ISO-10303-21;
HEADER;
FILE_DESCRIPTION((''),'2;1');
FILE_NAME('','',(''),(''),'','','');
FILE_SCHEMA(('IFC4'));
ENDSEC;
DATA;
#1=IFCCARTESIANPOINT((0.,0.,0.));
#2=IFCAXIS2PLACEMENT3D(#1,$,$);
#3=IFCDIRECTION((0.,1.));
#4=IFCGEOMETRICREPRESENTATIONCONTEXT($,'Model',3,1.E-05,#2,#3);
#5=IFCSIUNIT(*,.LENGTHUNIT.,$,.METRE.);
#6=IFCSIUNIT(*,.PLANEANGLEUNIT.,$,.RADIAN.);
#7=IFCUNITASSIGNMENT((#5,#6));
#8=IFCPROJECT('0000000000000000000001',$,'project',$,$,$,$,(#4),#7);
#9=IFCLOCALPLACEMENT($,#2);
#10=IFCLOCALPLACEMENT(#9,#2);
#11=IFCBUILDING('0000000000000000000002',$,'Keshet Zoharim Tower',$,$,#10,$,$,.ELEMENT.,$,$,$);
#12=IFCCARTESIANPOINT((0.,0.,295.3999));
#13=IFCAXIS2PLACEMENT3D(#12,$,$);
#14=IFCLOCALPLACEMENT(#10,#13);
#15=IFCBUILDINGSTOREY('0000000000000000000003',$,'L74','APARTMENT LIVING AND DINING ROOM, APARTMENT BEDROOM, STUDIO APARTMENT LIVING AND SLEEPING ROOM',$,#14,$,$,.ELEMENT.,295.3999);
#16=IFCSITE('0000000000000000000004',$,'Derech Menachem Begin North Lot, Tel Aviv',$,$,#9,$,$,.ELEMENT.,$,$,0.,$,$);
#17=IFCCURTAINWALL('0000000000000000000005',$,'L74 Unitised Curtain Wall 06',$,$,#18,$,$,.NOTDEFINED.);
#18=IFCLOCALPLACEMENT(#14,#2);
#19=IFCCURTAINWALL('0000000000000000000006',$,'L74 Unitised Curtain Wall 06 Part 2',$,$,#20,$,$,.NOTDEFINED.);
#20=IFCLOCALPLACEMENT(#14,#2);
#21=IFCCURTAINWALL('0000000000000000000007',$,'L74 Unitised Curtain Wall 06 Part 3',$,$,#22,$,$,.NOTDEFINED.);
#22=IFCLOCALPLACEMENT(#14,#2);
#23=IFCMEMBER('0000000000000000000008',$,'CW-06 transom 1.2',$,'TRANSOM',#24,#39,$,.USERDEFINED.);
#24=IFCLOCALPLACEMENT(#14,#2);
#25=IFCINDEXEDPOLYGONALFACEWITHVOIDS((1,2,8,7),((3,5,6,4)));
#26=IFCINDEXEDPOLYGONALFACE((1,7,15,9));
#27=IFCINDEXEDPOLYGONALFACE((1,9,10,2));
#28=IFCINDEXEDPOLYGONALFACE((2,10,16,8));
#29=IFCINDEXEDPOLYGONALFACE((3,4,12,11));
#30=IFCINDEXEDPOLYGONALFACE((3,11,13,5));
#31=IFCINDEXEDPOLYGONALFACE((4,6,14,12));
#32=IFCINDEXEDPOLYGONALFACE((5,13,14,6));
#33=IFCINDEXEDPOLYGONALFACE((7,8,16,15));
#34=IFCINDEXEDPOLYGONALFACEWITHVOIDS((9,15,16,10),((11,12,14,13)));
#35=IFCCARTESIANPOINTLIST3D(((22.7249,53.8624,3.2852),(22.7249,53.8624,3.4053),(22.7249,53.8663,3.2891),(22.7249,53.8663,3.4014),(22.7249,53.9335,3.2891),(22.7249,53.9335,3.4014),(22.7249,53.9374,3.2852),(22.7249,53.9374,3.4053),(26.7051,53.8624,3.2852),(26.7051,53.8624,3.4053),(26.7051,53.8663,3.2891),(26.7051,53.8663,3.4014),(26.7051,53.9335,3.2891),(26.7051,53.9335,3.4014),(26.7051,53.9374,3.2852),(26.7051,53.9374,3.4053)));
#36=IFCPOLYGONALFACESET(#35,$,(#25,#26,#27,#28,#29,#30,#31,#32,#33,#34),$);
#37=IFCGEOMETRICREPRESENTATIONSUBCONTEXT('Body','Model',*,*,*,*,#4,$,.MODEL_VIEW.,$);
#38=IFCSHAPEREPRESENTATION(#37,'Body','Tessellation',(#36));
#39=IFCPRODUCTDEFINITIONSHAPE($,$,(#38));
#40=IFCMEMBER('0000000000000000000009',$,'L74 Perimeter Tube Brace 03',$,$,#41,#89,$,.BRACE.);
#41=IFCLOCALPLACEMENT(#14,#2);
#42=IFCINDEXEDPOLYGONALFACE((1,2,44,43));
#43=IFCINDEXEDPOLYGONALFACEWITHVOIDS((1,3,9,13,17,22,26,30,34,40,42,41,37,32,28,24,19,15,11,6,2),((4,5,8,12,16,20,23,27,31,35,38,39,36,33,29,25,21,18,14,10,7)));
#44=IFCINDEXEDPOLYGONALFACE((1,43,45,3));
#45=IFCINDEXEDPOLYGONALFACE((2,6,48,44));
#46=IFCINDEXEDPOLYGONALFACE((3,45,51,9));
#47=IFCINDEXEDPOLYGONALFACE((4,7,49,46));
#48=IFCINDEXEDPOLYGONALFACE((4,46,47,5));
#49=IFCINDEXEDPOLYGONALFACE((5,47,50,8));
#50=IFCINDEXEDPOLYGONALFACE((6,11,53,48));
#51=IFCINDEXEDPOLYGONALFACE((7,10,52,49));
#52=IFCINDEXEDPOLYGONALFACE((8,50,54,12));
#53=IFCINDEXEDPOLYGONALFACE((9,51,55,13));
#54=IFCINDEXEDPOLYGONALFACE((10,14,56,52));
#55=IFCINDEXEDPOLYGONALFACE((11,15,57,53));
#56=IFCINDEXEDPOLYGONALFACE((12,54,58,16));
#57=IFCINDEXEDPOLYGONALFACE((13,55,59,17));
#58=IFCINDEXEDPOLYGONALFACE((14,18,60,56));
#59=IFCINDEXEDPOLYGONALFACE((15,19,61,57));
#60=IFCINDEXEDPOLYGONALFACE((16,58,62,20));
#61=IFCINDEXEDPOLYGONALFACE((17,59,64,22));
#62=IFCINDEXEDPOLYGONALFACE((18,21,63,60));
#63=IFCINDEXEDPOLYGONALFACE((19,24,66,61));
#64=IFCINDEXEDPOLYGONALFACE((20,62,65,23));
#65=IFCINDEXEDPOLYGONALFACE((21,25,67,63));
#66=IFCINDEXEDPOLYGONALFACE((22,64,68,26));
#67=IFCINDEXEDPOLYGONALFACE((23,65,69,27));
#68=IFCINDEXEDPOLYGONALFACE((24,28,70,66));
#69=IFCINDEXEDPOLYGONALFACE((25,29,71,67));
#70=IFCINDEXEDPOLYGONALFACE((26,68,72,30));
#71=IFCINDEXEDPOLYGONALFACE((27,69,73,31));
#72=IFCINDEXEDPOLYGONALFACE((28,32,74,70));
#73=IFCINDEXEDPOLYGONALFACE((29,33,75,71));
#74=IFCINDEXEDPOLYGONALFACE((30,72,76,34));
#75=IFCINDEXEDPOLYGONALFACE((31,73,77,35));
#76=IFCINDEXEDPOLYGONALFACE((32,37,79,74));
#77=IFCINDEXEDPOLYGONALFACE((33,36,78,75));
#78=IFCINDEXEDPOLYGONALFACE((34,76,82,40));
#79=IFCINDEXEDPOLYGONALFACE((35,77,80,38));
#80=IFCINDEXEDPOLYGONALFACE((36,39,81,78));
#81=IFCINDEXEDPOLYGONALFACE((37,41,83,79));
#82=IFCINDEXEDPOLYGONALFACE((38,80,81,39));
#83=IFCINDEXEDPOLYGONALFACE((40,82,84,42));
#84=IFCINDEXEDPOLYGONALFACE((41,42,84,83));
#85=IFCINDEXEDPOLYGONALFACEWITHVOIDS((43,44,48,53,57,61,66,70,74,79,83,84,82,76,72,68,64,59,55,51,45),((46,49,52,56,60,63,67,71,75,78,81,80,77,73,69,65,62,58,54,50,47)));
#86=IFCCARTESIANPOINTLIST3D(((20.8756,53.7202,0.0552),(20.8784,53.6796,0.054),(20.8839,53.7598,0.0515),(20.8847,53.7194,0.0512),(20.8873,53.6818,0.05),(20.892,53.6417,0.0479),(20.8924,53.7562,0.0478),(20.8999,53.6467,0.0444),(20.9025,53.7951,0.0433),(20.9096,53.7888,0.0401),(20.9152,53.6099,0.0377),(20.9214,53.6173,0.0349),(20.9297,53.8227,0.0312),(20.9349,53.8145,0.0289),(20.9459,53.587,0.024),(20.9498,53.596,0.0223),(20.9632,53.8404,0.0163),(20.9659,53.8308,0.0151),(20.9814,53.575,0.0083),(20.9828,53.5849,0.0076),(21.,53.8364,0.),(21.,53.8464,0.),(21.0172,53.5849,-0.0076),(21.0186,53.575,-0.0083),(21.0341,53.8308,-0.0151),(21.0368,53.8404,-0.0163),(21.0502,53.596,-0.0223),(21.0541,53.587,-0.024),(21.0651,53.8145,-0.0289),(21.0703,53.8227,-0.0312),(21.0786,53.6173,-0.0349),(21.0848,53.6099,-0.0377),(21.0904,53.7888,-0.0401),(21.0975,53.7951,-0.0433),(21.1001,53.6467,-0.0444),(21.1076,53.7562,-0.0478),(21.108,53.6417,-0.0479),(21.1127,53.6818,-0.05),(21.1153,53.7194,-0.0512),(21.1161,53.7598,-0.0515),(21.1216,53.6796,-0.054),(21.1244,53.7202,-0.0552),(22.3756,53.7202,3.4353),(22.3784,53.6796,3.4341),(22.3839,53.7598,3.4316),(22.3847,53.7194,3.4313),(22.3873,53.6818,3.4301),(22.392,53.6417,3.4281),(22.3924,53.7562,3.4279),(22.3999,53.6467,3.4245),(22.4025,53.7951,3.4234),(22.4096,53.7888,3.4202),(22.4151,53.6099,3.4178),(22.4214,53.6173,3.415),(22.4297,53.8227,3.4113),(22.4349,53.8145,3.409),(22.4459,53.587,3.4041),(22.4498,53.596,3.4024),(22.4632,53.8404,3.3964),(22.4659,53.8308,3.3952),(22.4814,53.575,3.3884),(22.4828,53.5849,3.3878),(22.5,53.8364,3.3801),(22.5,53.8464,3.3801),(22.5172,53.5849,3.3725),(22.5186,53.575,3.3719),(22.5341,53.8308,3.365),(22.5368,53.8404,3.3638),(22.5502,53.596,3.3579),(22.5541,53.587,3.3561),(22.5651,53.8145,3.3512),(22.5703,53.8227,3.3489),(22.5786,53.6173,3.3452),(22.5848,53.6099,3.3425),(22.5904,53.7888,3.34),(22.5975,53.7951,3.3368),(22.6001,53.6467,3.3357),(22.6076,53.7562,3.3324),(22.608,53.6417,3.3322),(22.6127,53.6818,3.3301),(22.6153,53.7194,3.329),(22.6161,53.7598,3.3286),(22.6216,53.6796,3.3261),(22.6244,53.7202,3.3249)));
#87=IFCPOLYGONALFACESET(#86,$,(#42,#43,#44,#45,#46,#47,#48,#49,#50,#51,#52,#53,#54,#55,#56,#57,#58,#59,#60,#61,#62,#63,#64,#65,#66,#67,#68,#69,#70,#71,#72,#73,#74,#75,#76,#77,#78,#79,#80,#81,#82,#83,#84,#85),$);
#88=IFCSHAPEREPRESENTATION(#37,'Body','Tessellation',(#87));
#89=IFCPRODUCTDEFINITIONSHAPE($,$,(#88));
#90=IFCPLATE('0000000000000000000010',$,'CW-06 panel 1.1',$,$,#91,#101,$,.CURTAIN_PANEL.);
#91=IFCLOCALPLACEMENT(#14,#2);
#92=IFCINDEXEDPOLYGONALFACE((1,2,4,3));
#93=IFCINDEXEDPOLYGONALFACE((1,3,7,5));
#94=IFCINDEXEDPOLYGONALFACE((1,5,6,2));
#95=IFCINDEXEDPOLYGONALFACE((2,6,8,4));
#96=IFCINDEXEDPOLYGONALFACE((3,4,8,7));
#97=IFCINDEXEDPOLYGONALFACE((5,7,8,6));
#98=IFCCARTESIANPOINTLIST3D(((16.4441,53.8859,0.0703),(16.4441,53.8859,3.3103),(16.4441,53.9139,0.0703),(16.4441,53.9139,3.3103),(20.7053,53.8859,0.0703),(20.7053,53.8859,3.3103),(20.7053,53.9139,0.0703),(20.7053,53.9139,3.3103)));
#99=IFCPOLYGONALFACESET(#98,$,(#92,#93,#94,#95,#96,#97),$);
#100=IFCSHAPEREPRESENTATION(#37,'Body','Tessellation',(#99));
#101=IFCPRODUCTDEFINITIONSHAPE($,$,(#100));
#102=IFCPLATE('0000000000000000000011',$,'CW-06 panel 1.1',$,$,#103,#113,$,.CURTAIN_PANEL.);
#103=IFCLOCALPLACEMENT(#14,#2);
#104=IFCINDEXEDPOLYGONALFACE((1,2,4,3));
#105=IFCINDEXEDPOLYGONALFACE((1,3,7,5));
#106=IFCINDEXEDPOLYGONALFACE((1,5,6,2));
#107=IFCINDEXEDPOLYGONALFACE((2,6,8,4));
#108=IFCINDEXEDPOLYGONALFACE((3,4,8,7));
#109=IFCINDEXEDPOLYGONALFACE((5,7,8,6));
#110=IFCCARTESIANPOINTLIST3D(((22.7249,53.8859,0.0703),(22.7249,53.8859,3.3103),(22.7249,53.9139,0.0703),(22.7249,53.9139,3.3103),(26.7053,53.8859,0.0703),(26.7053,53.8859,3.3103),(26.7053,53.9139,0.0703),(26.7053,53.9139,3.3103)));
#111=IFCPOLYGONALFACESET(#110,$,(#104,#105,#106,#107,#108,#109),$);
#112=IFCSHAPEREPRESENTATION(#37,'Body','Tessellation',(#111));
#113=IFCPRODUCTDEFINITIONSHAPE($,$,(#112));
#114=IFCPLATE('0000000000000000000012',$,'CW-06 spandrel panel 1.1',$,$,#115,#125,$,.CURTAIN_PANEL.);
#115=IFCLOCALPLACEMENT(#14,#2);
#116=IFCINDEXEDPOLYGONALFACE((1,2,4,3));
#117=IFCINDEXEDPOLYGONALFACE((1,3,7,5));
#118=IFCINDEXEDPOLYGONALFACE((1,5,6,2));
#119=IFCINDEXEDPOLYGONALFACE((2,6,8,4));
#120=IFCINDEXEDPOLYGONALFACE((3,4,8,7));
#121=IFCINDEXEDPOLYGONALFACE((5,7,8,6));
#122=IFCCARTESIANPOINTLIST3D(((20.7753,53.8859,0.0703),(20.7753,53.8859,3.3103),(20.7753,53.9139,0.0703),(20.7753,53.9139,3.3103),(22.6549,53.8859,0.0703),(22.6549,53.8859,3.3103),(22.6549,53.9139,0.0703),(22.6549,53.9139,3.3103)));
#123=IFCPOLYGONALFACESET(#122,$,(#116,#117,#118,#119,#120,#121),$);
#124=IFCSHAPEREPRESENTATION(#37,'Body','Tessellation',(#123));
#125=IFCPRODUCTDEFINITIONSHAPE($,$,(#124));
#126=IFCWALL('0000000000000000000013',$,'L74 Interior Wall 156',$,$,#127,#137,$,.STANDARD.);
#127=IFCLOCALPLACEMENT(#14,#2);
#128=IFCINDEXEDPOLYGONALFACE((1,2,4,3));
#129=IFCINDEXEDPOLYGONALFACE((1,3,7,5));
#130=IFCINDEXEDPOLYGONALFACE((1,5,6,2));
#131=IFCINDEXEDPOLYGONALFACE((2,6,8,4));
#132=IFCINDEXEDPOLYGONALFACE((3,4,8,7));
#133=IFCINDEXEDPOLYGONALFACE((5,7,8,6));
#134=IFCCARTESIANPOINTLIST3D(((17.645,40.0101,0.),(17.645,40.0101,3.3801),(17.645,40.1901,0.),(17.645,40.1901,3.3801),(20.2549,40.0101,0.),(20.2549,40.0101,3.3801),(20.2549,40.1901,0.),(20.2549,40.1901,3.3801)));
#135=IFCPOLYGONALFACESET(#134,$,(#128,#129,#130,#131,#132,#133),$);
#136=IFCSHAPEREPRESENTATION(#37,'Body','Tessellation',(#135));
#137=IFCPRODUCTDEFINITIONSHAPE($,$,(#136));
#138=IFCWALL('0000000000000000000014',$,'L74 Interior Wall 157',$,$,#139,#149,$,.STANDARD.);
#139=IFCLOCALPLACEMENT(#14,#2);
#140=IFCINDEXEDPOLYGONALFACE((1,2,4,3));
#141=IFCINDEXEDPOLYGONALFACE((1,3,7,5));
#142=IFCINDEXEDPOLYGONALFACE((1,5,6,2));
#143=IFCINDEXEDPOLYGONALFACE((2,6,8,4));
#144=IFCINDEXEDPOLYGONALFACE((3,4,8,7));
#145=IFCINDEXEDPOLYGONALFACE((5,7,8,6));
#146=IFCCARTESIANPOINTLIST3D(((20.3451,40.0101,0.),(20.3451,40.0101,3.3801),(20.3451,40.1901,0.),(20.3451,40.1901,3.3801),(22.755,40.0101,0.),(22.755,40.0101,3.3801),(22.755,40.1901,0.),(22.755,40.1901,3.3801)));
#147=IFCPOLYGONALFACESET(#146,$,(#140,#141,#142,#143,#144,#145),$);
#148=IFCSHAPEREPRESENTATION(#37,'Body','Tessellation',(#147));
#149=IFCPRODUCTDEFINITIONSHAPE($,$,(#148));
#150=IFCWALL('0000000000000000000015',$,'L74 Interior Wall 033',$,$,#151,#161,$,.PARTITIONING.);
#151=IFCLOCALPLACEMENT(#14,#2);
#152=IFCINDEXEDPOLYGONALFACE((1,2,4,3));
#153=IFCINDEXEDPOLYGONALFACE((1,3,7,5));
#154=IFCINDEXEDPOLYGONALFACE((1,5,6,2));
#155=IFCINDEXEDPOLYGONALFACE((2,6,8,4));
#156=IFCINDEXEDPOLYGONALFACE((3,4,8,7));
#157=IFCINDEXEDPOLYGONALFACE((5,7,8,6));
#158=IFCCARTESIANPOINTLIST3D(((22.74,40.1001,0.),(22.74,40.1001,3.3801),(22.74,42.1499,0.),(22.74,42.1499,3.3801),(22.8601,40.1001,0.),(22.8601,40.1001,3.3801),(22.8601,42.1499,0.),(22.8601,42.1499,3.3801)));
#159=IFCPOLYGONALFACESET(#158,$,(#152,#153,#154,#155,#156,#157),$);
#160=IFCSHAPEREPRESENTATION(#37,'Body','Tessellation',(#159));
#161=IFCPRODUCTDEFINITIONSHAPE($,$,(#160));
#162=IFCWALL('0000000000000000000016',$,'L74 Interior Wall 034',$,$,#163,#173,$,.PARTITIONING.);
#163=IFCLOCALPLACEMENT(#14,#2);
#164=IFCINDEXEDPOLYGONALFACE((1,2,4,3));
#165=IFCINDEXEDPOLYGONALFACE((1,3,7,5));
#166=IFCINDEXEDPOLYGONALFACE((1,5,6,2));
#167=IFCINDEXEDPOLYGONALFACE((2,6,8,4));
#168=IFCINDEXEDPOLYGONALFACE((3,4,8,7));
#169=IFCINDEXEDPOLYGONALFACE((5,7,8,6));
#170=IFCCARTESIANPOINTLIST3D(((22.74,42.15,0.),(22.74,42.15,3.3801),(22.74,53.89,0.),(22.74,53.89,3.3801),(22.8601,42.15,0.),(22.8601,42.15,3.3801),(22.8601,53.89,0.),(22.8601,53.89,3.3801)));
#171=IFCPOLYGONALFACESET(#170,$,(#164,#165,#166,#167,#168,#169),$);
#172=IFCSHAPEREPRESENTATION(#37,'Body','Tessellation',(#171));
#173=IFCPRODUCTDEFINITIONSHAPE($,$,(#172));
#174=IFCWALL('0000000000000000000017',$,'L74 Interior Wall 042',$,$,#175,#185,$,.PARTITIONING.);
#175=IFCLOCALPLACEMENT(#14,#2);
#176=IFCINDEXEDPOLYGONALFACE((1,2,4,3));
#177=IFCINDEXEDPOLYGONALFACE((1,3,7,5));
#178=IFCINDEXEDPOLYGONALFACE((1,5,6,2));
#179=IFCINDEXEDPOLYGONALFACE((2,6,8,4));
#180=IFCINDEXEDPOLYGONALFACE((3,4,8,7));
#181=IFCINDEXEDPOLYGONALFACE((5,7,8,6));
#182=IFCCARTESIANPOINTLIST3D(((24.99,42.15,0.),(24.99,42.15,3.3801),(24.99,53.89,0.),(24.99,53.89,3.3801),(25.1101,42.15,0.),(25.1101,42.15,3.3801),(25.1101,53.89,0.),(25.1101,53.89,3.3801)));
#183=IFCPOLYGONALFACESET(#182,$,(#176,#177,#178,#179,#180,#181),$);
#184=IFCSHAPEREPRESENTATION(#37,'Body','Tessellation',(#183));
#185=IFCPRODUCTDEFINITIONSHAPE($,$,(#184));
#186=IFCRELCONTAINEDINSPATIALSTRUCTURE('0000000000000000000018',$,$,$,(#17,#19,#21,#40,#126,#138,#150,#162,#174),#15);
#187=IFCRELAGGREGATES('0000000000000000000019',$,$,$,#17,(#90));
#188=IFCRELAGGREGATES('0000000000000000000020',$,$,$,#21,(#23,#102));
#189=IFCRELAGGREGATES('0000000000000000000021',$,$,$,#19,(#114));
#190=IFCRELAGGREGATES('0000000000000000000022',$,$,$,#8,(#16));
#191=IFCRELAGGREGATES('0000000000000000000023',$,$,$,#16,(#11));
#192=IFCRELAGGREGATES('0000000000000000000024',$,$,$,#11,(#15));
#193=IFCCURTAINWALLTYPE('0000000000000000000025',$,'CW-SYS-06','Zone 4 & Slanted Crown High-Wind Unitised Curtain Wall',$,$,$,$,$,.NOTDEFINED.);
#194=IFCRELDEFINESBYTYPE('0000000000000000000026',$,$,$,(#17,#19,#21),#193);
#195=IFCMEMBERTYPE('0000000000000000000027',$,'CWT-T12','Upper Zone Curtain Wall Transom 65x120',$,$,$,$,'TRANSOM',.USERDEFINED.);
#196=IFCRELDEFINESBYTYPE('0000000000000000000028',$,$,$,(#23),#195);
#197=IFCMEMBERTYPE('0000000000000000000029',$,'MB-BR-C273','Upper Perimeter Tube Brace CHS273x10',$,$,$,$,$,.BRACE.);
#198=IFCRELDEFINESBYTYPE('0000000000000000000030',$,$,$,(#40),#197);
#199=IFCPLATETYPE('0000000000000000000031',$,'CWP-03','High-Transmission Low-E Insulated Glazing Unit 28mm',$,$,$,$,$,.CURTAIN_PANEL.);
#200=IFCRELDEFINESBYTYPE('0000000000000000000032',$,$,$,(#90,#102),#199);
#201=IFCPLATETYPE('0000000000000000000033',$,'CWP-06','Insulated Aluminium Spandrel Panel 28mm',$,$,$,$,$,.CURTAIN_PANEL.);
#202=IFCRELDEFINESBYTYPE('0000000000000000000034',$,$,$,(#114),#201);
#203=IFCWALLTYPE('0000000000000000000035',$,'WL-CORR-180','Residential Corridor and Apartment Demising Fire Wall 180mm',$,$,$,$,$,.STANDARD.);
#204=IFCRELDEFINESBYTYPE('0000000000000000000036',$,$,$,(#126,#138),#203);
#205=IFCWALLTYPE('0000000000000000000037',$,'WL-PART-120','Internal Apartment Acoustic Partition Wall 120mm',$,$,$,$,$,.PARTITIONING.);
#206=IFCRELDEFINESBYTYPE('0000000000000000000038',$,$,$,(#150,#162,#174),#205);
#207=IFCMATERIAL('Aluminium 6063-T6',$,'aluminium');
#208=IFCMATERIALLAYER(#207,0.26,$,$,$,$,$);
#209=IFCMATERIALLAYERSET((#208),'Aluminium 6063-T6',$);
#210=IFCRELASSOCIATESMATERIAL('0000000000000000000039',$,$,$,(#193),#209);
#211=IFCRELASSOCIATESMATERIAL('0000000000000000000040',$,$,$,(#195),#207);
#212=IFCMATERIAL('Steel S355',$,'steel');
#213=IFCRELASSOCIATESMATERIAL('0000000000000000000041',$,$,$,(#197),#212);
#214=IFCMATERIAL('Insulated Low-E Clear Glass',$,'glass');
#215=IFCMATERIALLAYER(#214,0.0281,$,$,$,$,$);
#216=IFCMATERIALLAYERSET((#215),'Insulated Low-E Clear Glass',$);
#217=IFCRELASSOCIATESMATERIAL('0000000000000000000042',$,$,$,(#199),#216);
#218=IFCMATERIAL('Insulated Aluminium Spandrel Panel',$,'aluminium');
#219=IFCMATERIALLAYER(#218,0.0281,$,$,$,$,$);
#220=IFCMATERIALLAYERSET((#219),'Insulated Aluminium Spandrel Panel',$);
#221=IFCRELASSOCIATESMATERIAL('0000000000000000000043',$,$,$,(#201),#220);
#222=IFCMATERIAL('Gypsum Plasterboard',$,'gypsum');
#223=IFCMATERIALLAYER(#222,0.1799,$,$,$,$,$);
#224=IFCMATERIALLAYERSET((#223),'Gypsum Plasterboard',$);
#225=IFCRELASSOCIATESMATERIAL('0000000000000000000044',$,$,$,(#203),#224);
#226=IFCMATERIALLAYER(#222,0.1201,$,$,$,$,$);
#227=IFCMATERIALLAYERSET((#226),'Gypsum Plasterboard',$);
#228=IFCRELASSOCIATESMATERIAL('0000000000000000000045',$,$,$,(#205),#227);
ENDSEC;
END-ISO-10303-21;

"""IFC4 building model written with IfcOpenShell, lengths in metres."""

from ifc_helpers import new_model, si_unit, direction, frame, frame_2d, origin, origin_2d, place, context, subcontext, project, spatial, rectangle, hollow_rectangle, hollow_circle, extrude, material, layer, layer_set, material_profile, profile_set, type_object, element, aggregate, save


model = new_model("IFC4")

# Units and contexts
model_context = context("Model", 3, precision=1e-05, world=origin(), true_north=direction((0.0, 1.0)))
body_context = subcontext(model_context, "Body", "Model", "MODEL_VIEW")
ifc_project = project(units=[si_unit("LENGTHUNIT", "METRE"), si_unit("PLANEANGLEUNIT", "RADIAN")], contexts=[model_context])

# Site, building, storey
site_placement = place(None, origin())
site = spatial("IfcSite", under=ifc_project, at=site_placement, Name="Derech Menachem Begin North Lot, Tel Aviv", CompositionType="ELEMENT", RefElevation=0.0)
building_placement = place(site_placement, origin())
building = spatial("IfcBuilding", under=site, at=building_placement, Name="Keshet Zoharim Tower", CompositionType="ELEMENT")
storey_placement = place(building_placement, frame((0.0, 0.0, 295.3999)))
storey = spatial("IfcBuildingStorey", under=building, at=storey_placement, Name="L74", Description="APARTMENT LIVING AND DINING ROOM, APARTMENT BEDROOM, STUDIO APARTMENT LIVING AND SLEEPING ROOM", CompositionType="ELEMENT", Elevation=295.3999)

# Shared definitions
ifc_material_1 = material(Name="Steel S355", Category="steel")

# Curtain wall
ifc_material_2 = material(Name="Aluminium 6063-T6", Category="aluminium")
ifc_layer_1 = layer(ifc_material_2, 0.26)
ifc_layer_set_1 = layer_set([ifc_layer_1], Name="Aluminium 6063-T6")
curtain_wall_type = type_object("IfcCurtainWallType", Name="CW-SYS-06", Description="Zone 4 & Slanted Crown High-Wind Unitised Curtain Wall", PredefinedType="NOTDEFINED", material=ifc_layer_set_1)
curtain_wall_1_placement = place(storey_placement, origin())
curtain_wall_1 = element("IfcCurtainWall", 1, at=curtain_wall_1_placement, inside=storey, type_object=curtain_wall_type, Name="L74 Unitised Curtain Wall 06", PredefinedType="NOTDEFINED")

# Curtain walls, member
curtain_wall_2_placement = place(storey_placement, origin())
curtain_wall_2 = element("IfcCurtainWall", 2, at=curtain_wall_2_placement, inside=storey, type_object=curtain_wall_type, Name="L74 Unitised Curtain Wall 06 Part 2", PredefinedType="NOTDEFINED")
ifc_material_profile_1 = material_profile(ifc_material_2, hollow_rectangle(XDim=0.075, YDim=0.1201, WallThickness=0.0039, at=origin_2d()), Name="TRN-75x120")
ifc_profile_set_1 = profile_set([ifc_material_profile_1], Name="Aluminium 6063-T6")
member_type_1 = type_object("IfcMemberType", Name="CWT-T12", Description="Upper Zone Curtain Wall Transom 65x120", ElementType="TRANSOM", PredefinedType="USERDEFINED", material=ifc_profile_set_1)
curtain_wall_3_placement = place(storey_placement, origin())
curtain_wall_3 = element("IfcCurtainWall", 3, at=curtain_wall_3_placement, inside=storey, type_object=curtain_wall_type, Name="L74 Unitised Curtain Wall 06 Part 3", PredefinedType="NOTDEFINED")
member_1_placement = place(storey_placement, frame((22.7249, 53.8999, 3.3452), z_axis=(1.0, 0.0, 0.0), x_axis=(0.0, 1.0, 0.0)))
member_1 = element("IfcMember", 4, at=member_1_placement, type_object=member_type_1, Name="CW-06 transom 1.2", ObjectType="TRANSOM", PredefinedType="USERDEFINED", context=body_context, shape_type="SweptSolid", body=[
    extrude(hollow_rectangle(XDim=0.075, YDim=0.1201, WallThickness=0.0039, at=origin_2d()), origin(), (0.0, 0.0, 1.0), 3.9802),
])

# Member
ifc_material_profile_2 = material_profile(ifc_material_1, hollow_circle(Radius=0.1365, WallThickness=0.01, at=origin_2d()), Name="CHS273x10")
ifc_profile_set_2 = profile_set([ifc_material_profile_2], Name="Steel S355")
member_type_2 = type_object("IfcMemberType", Name="MB-BR-C273", Description="Upper Perimeter Tube Brace CHS273x10", PredefinedType="BRACE", material=ifc_profile_set_2)
member_2_placement = place(storey_placement, frame((21.0, 53.71, 0.0), z_axis=(0.405624, 0.0, 0.91404), x_axis=(0.0, 1.0, 0.0)))
element("IfcMember", 5, at=member_2_placement, inside=storey, type_object=member_type_2, Name="L74 Perimeter Tube Brace 03", PredefinedType="BRACE", context=body_context, shape_type="SweptSolid", body=[
    extrude(hollow_circle(Radius=0.1365, WallThickness=0.01, at=origin_2d()), origin(), (0.0, 0.0, 1.0), 3.698),
])

# Plates
ifc_material_3 = material(Name="Insulated Low-E Clear Glass", Category="glass")
ifc_layer_2 = layer(ifc_material_3, 0.0281)
ifc_layer_set_2 = layer_set([ifc_layer_2], Name="Insulated Low-E Clear Glass")
plate_type_1 = type_object("IfcPlateType", Name="CWP-03", Description="High-Transmission Low-E Insulated Glazing Unit 28mm", PredefinedType="CURTAIN_PANEL", material=ifc_layer_set_2)
plate_1_placement = place(storey_placement, frame((18.5747, 53.8999, 0.0703), z_axis=(0.0, 0.0, 1.0), x_axis=(1.0, 0.0, 0.0)))
plate_1 = element("IfcPlate", 6, at=plate_1_placement, type_object=plate_type_1, Name="CW-06 panel 1.1", PredefinedType="CURTAIN_PANEL", context=body_context, shape_type="SweptSolid", body=[
    extrude(rectangle(XDim=4.2612, YDim=0.0281, at=origin_2d()), origin(), (0.0, 0.0, 1.0), 3.24),
])
aggregate(curtain_wall_1, [plate_1])
plate_2_placement = place(storey_placement, frame((24.7151, 53.8999, 0.0703), z_axis=(0.0, 0.0, 1.0), x_axis=(1.0, 0.0, 0.0)))
plate_2 = element("IfcPlate", 7, at=plate_2_placement, type_object=plate_type_1, Name="CW-06 panel 1.1", PredefinedType="CURTAIN_PANEL", context=body_context, shape_type="SweptSolid", body=[
    extrude(rectangle(XDim=3.9805, YDim=0.0281, at=origin_2d()), origin(), (0.0, 0.0, 1.0), 3.24),
])
aggregate(curtain_wall_3, [member_1, plate_2])
ifc_material_4 = material(Name="Insulated Aluminium Spandrel Panel", Category="aluminium")
ifc_layer_3 = layer(ifc_material_4, 0.0281)
ifc_layer_set_3 = layer_set([ifc_layer_3], Name="Insulated Aluminium Spandrel Panel")
plate_type_2 = type_object("IfcPlateType", Name="CWP-06", Description="Insulated Aluminium Spandrel Panel 28mm", PredefinedType="CURTAIN_PANEL", material=ifc_layer_set_3)
plate_3_placement = place(storey_placement, frame((21.7151, 53.8999, 0.0703), z_axis=(0.0, 0.0, 1.0), x_axis=(1.0, 0.0, 0.0)))
plate_3 = element("IfcPlate", 8, at=plate_3_placement, type_object=plate_type_2, Name="CW-06 spandrel panel 1.1", PredefinedType="CURTAIN_PANEL", context=body_context, shape_type="SweptSolid", body=[
    extrude(rectangle(XDim=1.8796, YDim=0.0281, at=origin_2d()), origin(), (0.0, 0.0, 1.0), 3.24),
])
aggregate(curtain_wall_2, [plate_3])

# Walls
ifc_material_5 = material(Name="Gypsum Plasterboard", Category="gypsum")
ifc_layer_4 = layer(ifc_material_5, 0.1799)
ifc_layer_set_4 = layer_set([ifc_layer_4], Name="Gypsum Plasterboard")
wall_type_1 = type_object("IfcWallType", Name="WL-CORR-180", Description="Residential Corridor and Apartment Demising Fire Wall 180mm", PredefinedType="STANDARD", material=ifc_layer_set_4)
wall_1_placement = place(storey_placement, frame((17.645, 40.1001, 0.0), z_axis=(0.0, 0.0, 1.0), x_axis=(1.0, 0.0, 0.0)))
element("IfcWall", 9, at=wall_1_placement, inside=storey, type_object=wall_type_1, Name="L74 Interior Wall 156", PredefinedType="STANDARD", context=body_context, shape_type="SweptSolid", body=[
    extrude(rectangle(XDim=2.6099, YDim=0.1799, at=frame_2d((1.3049, 0.0))), origin(), (0.0, 0.0, 1.0), 3.3801),
])
wall_2_placement = place(storey_placement, frame((20.345, 40.1001, 0.0), z_axis=(0.0, 0.0, 1.0), x_axis=(1.0, 0.0, 0.0)))
element("IfcWall", 10, at=wall_2_placement, inside=storey, type_object=wall_type_1, Name="L74 Interior Wall 157", PredefinedType="STANDARD", context=body_context, shape_type="SweptSolid", body=[
    extrude(rectangle(XDim=2.4099, YDim=0.1799, at=frame_2d((1.2051, 0.0))), origin(), (0.0, 0.0, 1.0), 3.3801),
])

# Shared definitions
ifc_layer_5 = layer(ifc_material_5, 0.1201)
ifc_layer_set_5 = layer_set([ifc_layer_5], Name="Gypsum Plasterboard")
wall_type_2 = type_object("IfcWallType", Name="WL-PART-120", Description="Internal Apartment Acoustic Partition Wall 120mm", PredefinedType="PARTITIONING", material=ifc_layer_set_5)

# Walls
wall_3_placement = place(storey_placement, frame((22.8, 40.1001, 0.0), z_axis=(0.0, 0.0, 1.0), x_axis=(0.0, 1.0, 0.0)))
element("IfcWall", 11, at=wall_3_placement, inside=storey, type_object=wall_type_2, Name="L74 Interior Wall 033", PredefinedType="PARTITIONING", context=body_context, shape_type="SweptSolid", body=[
    extrude(rectangle(XDim=2.0498, YDim=0.1201, at=frame_2d((1.0249, 0.0))), origin(), (0.0, 0.0, 1.0), 3.3801),
])
for number, where, z_axis, x_axis, name in (
    (12, (22.8, 42.1499, 0.0), (0.0, 0.0, 1.0), (0.0, 1.0, 0.0), "L74 Interior Wall 034"),
    (13, (25.05, 42.1499, 0.0), (0.0, 0.0, 1.0), (0.0, 1.0, 0.0), "L74 Interior Wall 042"),
):
    element("IfcWall", number, at=place(storey_placement, frame(where, z_axis=z_axis, x_axis=x_axis)), inside=storey, type_object=wall_type_2, Name=name, PredefinedType="PARTITIONING", context=body_context, shape_type="SweptSolid", body=[
        extrude(rectangle(XDim=11.74, YDim=0.1201, at=frame_2d((5.8701, 0.0))), origin(), (0.0, 0.0, 1.0), 3.3801),
    ])

save(model, "model.ifc")
